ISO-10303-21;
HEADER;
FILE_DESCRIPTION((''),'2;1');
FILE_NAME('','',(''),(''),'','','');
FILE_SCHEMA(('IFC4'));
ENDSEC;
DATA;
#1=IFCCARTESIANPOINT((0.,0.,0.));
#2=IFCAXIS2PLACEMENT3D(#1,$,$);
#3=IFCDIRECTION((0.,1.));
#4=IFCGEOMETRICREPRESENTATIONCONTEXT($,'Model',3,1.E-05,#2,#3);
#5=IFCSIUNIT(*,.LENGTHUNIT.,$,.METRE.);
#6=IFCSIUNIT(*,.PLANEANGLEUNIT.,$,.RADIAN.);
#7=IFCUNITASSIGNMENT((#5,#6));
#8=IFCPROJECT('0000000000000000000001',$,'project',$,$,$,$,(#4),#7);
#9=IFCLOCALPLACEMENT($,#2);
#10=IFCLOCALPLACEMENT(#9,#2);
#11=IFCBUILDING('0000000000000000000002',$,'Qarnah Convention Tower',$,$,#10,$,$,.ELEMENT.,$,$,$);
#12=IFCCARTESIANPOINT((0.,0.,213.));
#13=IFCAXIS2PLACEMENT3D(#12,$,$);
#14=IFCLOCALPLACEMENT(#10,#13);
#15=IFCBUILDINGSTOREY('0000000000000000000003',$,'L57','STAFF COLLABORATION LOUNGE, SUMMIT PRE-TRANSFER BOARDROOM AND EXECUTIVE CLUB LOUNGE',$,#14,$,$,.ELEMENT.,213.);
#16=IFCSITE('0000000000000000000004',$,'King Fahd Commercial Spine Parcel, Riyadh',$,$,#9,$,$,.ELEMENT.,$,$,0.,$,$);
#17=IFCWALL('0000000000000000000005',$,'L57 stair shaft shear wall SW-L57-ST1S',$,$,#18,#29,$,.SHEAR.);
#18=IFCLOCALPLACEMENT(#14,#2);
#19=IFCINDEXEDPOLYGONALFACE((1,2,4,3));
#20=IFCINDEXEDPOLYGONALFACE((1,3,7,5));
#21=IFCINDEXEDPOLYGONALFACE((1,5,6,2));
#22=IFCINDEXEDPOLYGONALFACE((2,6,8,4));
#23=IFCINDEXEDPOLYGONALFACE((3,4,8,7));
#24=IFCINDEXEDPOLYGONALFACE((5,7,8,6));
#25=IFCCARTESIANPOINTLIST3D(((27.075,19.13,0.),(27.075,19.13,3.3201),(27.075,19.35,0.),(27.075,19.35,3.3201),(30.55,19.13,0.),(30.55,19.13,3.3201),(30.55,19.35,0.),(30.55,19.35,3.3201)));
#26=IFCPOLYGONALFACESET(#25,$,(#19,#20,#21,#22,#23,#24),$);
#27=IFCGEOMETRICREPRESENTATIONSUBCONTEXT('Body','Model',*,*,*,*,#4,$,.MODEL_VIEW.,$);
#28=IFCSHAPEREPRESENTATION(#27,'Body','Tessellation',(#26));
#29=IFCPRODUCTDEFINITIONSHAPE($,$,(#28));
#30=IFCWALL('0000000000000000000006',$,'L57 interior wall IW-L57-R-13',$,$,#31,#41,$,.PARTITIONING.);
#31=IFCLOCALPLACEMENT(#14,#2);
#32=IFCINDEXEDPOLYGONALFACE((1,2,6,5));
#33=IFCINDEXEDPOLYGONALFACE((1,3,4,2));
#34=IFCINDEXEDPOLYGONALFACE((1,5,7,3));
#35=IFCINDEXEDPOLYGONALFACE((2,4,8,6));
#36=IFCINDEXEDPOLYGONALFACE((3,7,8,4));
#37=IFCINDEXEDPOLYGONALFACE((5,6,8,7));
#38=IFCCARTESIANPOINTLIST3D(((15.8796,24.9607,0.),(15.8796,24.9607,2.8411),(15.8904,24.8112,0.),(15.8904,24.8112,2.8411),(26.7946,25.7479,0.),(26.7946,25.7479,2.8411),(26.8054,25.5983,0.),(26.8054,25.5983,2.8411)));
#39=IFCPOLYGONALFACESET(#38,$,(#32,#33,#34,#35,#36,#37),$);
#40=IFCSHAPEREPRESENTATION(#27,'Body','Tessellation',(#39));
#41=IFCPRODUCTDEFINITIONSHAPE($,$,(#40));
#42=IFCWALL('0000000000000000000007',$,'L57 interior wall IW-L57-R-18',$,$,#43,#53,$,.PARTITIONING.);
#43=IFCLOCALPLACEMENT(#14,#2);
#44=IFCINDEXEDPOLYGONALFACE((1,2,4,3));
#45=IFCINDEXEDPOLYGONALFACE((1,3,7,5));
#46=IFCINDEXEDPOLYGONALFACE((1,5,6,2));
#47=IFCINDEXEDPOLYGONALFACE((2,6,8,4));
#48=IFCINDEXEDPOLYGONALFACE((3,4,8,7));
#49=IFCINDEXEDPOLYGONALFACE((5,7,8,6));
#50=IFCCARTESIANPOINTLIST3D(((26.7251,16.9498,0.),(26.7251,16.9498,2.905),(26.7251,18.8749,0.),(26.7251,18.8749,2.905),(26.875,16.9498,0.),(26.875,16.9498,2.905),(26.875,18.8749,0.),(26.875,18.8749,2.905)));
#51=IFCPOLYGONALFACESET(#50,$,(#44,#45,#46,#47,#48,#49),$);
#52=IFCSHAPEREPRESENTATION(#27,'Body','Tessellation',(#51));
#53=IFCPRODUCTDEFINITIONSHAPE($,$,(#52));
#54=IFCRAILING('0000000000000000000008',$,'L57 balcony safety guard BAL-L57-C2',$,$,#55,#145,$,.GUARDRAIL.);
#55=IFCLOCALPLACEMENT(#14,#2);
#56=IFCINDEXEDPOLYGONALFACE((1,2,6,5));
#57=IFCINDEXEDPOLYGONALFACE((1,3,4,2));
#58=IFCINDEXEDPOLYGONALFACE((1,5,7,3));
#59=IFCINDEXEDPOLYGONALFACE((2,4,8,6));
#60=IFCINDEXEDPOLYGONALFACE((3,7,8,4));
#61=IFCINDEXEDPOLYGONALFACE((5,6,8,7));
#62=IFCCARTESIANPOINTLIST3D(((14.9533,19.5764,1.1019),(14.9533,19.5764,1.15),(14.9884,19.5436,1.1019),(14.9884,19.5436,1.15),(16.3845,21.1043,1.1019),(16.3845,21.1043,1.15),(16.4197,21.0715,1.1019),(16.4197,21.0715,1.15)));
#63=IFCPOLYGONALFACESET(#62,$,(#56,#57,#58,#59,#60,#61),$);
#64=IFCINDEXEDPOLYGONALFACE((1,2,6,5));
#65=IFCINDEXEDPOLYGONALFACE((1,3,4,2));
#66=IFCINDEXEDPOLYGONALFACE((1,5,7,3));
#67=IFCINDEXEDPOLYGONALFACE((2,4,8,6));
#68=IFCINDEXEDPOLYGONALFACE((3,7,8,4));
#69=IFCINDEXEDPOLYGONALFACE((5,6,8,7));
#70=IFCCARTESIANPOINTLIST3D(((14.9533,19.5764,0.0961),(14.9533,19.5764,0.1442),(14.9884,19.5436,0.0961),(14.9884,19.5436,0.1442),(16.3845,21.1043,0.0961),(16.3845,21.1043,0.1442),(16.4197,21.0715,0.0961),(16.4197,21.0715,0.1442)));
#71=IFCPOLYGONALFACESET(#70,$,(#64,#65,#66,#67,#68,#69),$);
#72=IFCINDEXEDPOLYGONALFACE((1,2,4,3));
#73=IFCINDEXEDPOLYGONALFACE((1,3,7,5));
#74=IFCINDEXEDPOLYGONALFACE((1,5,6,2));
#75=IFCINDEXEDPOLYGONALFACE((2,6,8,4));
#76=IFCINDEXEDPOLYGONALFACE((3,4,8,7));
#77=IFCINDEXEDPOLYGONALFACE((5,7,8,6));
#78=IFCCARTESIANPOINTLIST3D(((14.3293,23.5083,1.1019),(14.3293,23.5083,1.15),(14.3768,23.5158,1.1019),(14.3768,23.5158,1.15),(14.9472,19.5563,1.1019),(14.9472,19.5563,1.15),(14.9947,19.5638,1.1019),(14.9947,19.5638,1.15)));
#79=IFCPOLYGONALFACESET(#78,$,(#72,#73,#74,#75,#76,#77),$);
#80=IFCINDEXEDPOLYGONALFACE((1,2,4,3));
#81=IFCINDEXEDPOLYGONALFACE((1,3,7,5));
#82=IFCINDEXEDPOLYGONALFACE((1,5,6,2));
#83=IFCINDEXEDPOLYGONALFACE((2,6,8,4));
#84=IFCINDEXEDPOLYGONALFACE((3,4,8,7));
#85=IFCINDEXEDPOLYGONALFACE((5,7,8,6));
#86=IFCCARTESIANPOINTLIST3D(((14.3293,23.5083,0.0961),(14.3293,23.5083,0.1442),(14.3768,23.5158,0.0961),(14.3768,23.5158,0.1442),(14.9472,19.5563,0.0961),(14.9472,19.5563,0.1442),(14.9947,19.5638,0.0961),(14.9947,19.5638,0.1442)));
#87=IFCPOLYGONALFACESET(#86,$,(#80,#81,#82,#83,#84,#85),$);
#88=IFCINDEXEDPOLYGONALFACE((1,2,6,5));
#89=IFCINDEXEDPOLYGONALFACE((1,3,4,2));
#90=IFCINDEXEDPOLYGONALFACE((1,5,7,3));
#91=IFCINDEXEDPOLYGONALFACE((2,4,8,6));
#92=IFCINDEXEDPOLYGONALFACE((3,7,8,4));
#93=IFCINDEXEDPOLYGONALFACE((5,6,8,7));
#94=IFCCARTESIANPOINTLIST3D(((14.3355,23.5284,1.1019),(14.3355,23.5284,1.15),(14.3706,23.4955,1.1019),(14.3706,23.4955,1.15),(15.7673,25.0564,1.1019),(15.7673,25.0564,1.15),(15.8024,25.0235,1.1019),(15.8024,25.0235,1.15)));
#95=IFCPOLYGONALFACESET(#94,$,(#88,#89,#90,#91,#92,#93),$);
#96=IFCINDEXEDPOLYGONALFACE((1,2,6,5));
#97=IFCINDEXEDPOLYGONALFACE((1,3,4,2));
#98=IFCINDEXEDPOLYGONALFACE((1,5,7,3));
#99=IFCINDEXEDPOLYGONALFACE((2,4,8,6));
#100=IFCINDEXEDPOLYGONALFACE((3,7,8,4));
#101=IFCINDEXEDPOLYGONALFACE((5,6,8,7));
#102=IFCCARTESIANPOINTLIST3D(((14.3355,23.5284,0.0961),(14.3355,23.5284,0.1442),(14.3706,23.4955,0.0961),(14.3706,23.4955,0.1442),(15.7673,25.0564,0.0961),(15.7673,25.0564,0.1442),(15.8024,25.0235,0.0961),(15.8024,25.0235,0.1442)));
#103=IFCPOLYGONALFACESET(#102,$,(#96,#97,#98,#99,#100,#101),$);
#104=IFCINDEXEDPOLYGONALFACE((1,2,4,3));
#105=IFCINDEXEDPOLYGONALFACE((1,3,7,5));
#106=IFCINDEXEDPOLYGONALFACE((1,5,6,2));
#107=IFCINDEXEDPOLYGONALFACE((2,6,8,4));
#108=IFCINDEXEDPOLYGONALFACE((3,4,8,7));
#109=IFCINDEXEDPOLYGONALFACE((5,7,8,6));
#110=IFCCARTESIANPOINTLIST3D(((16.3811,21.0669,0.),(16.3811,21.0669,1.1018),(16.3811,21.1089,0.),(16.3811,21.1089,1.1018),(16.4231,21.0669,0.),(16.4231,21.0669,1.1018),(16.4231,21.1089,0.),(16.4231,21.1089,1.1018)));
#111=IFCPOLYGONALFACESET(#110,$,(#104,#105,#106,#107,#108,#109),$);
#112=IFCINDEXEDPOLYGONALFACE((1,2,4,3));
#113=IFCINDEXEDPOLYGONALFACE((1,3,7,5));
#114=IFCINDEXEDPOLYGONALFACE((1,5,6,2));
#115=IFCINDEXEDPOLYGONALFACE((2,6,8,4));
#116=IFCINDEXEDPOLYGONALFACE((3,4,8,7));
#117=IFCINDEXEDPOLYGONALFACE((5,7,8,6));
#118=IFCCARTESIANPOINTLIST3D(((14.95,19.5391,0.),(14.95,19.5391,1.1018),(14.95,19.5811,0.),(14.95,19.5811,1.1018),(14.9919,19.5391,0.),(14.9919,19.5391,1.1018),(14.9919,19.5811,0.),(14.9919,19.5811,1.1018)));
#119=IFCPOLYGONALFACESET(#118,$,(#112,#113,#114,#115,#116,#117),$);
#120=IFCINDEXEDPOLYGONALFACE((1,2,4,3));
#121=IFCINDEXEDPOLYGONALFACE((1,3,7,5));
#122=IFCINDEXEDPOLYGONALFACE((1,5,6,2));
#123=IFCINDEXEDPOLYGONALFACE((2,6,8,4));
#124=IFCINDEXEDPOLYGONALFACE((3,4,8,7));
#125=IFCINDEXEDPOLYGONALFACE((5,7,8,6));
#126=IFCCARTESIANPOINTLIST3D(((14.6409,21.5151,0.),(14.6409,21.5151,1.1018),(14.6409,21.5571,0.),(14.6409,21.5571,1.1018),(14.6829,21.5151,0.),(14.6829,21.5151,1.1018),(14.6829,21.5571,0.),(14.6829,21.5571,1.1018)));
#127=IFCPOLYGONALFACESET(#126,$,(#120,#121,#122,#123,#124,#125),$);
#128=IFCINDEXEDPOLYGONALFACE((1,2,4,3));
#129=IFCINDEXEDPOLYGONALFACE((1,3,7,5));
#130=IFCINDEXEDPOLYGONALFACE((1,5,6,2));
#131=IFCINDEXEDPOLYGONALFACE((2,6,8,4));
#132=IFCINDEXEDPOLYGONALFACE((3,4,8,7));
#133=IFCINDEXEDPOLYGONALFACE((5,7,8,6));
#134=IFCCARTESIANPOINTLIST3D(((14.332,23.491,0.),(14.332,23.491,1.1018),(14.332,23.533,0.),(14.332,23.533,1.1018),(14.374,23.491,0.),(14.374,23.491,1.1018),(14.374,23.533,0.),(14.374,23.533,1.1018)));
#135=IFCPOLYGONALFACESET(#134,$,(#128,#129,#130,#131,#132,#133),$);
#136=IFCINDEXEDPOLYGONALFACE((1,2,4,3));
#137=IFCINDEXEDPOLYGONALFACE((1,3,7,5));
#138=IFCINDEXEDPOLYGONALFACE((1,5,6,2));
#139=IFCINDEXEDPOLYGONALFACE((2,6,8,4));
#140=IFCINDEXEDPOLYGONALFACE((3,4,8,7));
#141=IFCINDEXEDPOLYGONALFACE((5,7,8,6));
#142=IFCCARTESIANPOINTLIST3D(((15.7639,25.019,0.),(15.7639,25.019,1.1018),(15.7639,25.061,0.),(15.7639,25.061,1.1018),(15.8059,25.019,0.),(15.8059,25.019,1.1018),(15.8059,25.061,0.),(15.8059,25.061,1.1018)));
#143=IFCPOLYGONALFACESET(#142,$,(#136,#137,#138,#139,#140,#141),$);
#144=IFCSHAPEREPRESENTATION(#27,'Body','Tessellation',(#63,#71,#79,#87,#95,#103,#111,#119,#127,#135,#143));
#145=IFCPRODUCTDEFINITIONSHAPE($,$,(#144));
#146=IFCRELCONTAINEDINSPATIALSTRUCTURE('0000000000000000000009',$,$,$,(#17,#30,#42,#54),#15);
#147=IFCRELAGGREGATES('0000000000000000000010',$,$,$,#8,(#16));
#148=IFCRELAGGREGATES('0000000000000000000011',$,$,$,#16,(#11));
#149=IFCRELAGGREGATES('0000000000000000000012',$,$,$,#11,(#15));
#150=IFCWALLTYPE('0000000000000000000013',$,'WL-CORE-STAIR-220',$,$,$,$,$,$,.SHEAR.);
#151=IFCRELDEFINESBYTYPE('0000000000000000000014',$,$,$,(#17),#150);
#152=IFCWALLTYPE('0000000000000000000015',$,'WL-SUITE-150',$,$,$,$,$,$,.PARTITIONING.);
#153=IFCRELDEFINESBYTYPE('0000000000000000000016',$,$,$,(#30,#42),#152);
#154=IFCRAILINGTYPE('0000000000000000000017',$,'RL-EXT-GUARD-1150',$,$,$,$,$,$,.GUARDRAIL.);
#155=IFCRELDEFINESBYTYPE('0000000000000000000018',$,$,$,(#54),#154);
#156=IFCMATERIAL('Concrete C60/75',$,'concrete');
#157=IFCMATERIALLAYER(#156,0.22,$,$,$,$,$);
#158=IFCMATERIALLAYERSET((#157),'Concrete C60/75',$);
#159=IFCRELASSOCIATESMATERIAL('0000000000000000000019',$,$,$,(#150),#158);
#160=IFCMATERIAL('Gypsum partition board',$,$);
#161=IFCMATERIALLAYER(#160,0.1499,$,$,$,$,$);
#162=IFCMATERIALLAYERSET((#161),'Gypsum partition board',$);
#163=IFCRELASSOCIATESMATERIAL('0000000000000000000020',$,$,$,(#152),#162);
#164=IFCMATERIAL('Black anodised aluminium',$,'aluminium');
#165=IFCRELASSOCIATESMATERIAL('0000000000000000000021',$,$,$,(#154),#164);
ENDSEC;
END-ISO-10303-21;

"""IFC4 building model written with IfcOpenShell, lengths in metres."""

from ifc_helpers import new_model, si_unit, direction, frame, frame_2d, origin, origin_2d, place, context, subcontext, project, spatial, rectangle, extrude, material, layer, layer_set, type_object, element, save


model = new_model("IFC4")

# Units and contexts
model_context = context("Model", 3, precision=1e-05, world=origin(), true_north=direction((0.0, 1.0)))
body_context = subcontext(model_context, "Body", "Model", "MODEL_VIEW")
ifc_project = project(units=[si_unit("LENGTHUNIT", "METRE"), si_unit("PLANEANGLEUNIT", "RADIAN")], contexts=[model_context])

# Site, building, storey
site_placement = place(None, origin())
site = spatial("IfcSite", under=ifc_project, at=site_placement, Name="King Fahd Commercial Spine Parcel, Riyadh", CompositionType="ELEMENT", RefElevation=0.0)
building_placement = place(site_placement, origin())
building = spatial("IfcBuilding", under=site, at=building_placement, Name="Qarnah Convention Tower", CompositionType="ELEMENT")
storey_placement = place(building_placement, frame((0.0, 0.0, 213.0)))
storey = spatial("IfcBuildingStorey", under=building, at=storey_placement, Name="L57", Description="STAFF COLLABORATION LOUNGE, SUMMIT PRE-TRANSFER BOARDROOM AND EXECUTIVE CLUB LOUNGE", CompositionType="ELEMENT", Elevation=213.0)

# Shared definitions
ifc_material_1 = material(Name="Black anodised aluminium", Category="aluminium")

# Shared definitions
ifc_material_2 = material(Name="Concrete C60/75", Category="concrete")

# Wall
ifc_layer_1 = layer(ifc_material_2, 0.22)
ifc_layer_set_1 = layer_set([ifc_layer_1], Name="Concrete C60/75")
wall_type_1 = type_object("IfcWallType", Name="WL-CORE-STAIR-220", PredefinedType="SHEAR", material=ifc_layer_set_1)
wall_1_placement = place(storey_placement, frame((27.075, 19.24, 0.0), z_axis=(0.0, 0.0, 1.0), x_axis=(1.0, 0.0, 0.0)))
element("IfcWall", 1, at=wall_1_placement, inside=storey, type_object=wall_type_1, Name="L57 stair shaft shear wall SW-L57-ST1S", PredefinedType="SHEAR", context=body_context, shape_type="SweptSolid", body=[
    extrude(rectangle(XDim=3.4751, YDim=0.22, at=frame_2d((1.7375, 0.0))), origin(), (0.0, 0.0, 1.0), 3.3201),
])

# Walls
ifc_material_3 = material(Name="Gypsum partition board")
ifc_layer_2 = layer(ifc_material_3, 0.1499)
ifc_layer_set_2 = layer_set([ifc_layer_2], Name="Gypsum partition board")
wall_type_2 = type_object("IfcWallType", Name="WL-SUITE-150", PredefinedType="PARTITIONING", material=ifc_layer_set_2)
wall_2_placement = place(storey_placement, frame((15.885, 24.886, 0.0), z_axis=(0.0, 0.0, 1.0), x_axis=(0.99741, 0.071926, 0.0)))
element("IfcWall", 2, at=wall_2_placement, inside=storey, type_object=wall_type_2, Name="L57 interior wall IW-L57-R-13", PredefinedType="PARTITIONING", context=body_context, shape_type="SweptSolid", body=[
    extrude(rectangle(XDim=10.9434, YDim=0.1499, at=frame_2d((5.4717, 0.0))), origin(), (0.0, 0.0, 1.0), 2.8411),
])
wall_3_placement = place(storey_placement, frame((26.8, 16.95, 0.0), z_axis=(0.0, 0.0, 1.0), x_axis=(0.0, 1.0, 0.0)))
element("IfcWall", 3, at=wall_3_placement, inside=storey, type_object=wall_type_2, Name="L57 interior wall IW-L57-R-18", PredefinedType="PARTITIONING", context=body_context, shape_type="SweptSolid", body=[
    extrude(rectangle(XDim=1.925, YDim=0.1499, at=frame_2d((0.9624, 0.0))), origin(), (0.0, 0.0, 1.0), 2.905),
])

# Railing
railing_type = type_object("IfcRailingType", Name="RL-EXT-GUARD-1150", PredefinedType="GUARDRAIL", material=ifc_material_1)
railing_placement = place(storey_placement, frame((16.4021, 21.0879, 0.0)))
element("IfcRailing", 4, at=railing_placement, inside=storey, type_object=railing_type, Name="L57 balcony safety guard BAL-L57-C2", PredefinedType="GUARDRAIL", context=body_context, shape_type="SweptSolid", body=[
    extrude(rectangle(XDim=0.0481, YDim=0.0481, at=origin_2d()), frame((0.0, 0.0, 1.126), z_axis=(-0.683638, -0.729821, 0.0), x_axis=(0.729821, -0.683638, 0.0)), (0.0, 0.0, 1.0), 2.0935),
    extrude(rectangle(XDim=0.0481, YDim=0.0481, at=origin_2d()), frame((0.0, 0.0, 0.1201), z_axis=(-0.683638, -0.729821, 0.0), x_axis=(0.729821, -0.683638, 0.0)), (0.0, 0.0, 1.0), 2.0935),
    extrude(rectangle(XDim=0.0481, YDim=0.0481, at=origin_2d()), frame((-1.4312, -1.5278, 1.126), z_axis=(-0.154483, 0.987995, 0.0), x_axis=(-0.987995, -0.154483, 0.0)), (0.0, 0.0, 1.0), 4.0),
    extrude(rectangle(XDim=0.0481, YDim=0.0481, at=origin_2d()), frame((-1.4312, -1.5278, 0.1201), z_axis=(-0.154483, 0.987995, 0.0), x_axis=(-0.987995, -0.154483, 0.0)), (0.0, 0.0, 1.0), 4.0),
    extrude(rectangle(XDim=0.0481, YDim=0.0481, at=origin_2d()), frame((-2.0491, 2.4241, 1.126), z_axis=(0.683767, 0.729701, 0.0), x_axis=(-0.729701, 0.683767, 0.0)), (0.0, 0.0, 1.0), 2.094),
    extrude(rectangle(XDim=0.0481, YDim=0.0481, at=origin_2d()), frame((-2.0491, 2.4241, 0.1201), z_axis=(0.683767, 0.729701, 0.0), x_axis=(-0.729701, 0.683767, 0.0)), (0.0, 0.0, 1.0), 2.094),
    extrude(rectangle(XDim=0.042, YDim=0.042, at=origin_2d()), origin(), (0.0, 0.0, 1.0), 1.1018),
    extrude(rectangle(XDim=0.042, YDim=0.042, at=origin_2d()), frame((-1.4312, -1.5278, 0.0)), (0.0, 0.0, 1.0), 1.1018),
    extrude(rectangle(XDim=0.042, YDim=0.042, at=origin_2d()), frame((-1.7402, 0.4482, 0.0)), (0.0, 0.0, 1.0), 1.1018),
    extrude(rectangle(XDim=0.042, YDim=0.042, at=origin_2d()), frame((-2.0491, 2.4241, 0.0)), (0.0, 0.0, 1.0), 1.1018),
    extrude(rectangle(XDim=0.042, YDim=0.042, at=origin_2d()), frame((-0.6172, 3.9521, 0.0)), (0.0, 0.0, 1.0), 1.1018),
])

save(model, "model.ifc")
